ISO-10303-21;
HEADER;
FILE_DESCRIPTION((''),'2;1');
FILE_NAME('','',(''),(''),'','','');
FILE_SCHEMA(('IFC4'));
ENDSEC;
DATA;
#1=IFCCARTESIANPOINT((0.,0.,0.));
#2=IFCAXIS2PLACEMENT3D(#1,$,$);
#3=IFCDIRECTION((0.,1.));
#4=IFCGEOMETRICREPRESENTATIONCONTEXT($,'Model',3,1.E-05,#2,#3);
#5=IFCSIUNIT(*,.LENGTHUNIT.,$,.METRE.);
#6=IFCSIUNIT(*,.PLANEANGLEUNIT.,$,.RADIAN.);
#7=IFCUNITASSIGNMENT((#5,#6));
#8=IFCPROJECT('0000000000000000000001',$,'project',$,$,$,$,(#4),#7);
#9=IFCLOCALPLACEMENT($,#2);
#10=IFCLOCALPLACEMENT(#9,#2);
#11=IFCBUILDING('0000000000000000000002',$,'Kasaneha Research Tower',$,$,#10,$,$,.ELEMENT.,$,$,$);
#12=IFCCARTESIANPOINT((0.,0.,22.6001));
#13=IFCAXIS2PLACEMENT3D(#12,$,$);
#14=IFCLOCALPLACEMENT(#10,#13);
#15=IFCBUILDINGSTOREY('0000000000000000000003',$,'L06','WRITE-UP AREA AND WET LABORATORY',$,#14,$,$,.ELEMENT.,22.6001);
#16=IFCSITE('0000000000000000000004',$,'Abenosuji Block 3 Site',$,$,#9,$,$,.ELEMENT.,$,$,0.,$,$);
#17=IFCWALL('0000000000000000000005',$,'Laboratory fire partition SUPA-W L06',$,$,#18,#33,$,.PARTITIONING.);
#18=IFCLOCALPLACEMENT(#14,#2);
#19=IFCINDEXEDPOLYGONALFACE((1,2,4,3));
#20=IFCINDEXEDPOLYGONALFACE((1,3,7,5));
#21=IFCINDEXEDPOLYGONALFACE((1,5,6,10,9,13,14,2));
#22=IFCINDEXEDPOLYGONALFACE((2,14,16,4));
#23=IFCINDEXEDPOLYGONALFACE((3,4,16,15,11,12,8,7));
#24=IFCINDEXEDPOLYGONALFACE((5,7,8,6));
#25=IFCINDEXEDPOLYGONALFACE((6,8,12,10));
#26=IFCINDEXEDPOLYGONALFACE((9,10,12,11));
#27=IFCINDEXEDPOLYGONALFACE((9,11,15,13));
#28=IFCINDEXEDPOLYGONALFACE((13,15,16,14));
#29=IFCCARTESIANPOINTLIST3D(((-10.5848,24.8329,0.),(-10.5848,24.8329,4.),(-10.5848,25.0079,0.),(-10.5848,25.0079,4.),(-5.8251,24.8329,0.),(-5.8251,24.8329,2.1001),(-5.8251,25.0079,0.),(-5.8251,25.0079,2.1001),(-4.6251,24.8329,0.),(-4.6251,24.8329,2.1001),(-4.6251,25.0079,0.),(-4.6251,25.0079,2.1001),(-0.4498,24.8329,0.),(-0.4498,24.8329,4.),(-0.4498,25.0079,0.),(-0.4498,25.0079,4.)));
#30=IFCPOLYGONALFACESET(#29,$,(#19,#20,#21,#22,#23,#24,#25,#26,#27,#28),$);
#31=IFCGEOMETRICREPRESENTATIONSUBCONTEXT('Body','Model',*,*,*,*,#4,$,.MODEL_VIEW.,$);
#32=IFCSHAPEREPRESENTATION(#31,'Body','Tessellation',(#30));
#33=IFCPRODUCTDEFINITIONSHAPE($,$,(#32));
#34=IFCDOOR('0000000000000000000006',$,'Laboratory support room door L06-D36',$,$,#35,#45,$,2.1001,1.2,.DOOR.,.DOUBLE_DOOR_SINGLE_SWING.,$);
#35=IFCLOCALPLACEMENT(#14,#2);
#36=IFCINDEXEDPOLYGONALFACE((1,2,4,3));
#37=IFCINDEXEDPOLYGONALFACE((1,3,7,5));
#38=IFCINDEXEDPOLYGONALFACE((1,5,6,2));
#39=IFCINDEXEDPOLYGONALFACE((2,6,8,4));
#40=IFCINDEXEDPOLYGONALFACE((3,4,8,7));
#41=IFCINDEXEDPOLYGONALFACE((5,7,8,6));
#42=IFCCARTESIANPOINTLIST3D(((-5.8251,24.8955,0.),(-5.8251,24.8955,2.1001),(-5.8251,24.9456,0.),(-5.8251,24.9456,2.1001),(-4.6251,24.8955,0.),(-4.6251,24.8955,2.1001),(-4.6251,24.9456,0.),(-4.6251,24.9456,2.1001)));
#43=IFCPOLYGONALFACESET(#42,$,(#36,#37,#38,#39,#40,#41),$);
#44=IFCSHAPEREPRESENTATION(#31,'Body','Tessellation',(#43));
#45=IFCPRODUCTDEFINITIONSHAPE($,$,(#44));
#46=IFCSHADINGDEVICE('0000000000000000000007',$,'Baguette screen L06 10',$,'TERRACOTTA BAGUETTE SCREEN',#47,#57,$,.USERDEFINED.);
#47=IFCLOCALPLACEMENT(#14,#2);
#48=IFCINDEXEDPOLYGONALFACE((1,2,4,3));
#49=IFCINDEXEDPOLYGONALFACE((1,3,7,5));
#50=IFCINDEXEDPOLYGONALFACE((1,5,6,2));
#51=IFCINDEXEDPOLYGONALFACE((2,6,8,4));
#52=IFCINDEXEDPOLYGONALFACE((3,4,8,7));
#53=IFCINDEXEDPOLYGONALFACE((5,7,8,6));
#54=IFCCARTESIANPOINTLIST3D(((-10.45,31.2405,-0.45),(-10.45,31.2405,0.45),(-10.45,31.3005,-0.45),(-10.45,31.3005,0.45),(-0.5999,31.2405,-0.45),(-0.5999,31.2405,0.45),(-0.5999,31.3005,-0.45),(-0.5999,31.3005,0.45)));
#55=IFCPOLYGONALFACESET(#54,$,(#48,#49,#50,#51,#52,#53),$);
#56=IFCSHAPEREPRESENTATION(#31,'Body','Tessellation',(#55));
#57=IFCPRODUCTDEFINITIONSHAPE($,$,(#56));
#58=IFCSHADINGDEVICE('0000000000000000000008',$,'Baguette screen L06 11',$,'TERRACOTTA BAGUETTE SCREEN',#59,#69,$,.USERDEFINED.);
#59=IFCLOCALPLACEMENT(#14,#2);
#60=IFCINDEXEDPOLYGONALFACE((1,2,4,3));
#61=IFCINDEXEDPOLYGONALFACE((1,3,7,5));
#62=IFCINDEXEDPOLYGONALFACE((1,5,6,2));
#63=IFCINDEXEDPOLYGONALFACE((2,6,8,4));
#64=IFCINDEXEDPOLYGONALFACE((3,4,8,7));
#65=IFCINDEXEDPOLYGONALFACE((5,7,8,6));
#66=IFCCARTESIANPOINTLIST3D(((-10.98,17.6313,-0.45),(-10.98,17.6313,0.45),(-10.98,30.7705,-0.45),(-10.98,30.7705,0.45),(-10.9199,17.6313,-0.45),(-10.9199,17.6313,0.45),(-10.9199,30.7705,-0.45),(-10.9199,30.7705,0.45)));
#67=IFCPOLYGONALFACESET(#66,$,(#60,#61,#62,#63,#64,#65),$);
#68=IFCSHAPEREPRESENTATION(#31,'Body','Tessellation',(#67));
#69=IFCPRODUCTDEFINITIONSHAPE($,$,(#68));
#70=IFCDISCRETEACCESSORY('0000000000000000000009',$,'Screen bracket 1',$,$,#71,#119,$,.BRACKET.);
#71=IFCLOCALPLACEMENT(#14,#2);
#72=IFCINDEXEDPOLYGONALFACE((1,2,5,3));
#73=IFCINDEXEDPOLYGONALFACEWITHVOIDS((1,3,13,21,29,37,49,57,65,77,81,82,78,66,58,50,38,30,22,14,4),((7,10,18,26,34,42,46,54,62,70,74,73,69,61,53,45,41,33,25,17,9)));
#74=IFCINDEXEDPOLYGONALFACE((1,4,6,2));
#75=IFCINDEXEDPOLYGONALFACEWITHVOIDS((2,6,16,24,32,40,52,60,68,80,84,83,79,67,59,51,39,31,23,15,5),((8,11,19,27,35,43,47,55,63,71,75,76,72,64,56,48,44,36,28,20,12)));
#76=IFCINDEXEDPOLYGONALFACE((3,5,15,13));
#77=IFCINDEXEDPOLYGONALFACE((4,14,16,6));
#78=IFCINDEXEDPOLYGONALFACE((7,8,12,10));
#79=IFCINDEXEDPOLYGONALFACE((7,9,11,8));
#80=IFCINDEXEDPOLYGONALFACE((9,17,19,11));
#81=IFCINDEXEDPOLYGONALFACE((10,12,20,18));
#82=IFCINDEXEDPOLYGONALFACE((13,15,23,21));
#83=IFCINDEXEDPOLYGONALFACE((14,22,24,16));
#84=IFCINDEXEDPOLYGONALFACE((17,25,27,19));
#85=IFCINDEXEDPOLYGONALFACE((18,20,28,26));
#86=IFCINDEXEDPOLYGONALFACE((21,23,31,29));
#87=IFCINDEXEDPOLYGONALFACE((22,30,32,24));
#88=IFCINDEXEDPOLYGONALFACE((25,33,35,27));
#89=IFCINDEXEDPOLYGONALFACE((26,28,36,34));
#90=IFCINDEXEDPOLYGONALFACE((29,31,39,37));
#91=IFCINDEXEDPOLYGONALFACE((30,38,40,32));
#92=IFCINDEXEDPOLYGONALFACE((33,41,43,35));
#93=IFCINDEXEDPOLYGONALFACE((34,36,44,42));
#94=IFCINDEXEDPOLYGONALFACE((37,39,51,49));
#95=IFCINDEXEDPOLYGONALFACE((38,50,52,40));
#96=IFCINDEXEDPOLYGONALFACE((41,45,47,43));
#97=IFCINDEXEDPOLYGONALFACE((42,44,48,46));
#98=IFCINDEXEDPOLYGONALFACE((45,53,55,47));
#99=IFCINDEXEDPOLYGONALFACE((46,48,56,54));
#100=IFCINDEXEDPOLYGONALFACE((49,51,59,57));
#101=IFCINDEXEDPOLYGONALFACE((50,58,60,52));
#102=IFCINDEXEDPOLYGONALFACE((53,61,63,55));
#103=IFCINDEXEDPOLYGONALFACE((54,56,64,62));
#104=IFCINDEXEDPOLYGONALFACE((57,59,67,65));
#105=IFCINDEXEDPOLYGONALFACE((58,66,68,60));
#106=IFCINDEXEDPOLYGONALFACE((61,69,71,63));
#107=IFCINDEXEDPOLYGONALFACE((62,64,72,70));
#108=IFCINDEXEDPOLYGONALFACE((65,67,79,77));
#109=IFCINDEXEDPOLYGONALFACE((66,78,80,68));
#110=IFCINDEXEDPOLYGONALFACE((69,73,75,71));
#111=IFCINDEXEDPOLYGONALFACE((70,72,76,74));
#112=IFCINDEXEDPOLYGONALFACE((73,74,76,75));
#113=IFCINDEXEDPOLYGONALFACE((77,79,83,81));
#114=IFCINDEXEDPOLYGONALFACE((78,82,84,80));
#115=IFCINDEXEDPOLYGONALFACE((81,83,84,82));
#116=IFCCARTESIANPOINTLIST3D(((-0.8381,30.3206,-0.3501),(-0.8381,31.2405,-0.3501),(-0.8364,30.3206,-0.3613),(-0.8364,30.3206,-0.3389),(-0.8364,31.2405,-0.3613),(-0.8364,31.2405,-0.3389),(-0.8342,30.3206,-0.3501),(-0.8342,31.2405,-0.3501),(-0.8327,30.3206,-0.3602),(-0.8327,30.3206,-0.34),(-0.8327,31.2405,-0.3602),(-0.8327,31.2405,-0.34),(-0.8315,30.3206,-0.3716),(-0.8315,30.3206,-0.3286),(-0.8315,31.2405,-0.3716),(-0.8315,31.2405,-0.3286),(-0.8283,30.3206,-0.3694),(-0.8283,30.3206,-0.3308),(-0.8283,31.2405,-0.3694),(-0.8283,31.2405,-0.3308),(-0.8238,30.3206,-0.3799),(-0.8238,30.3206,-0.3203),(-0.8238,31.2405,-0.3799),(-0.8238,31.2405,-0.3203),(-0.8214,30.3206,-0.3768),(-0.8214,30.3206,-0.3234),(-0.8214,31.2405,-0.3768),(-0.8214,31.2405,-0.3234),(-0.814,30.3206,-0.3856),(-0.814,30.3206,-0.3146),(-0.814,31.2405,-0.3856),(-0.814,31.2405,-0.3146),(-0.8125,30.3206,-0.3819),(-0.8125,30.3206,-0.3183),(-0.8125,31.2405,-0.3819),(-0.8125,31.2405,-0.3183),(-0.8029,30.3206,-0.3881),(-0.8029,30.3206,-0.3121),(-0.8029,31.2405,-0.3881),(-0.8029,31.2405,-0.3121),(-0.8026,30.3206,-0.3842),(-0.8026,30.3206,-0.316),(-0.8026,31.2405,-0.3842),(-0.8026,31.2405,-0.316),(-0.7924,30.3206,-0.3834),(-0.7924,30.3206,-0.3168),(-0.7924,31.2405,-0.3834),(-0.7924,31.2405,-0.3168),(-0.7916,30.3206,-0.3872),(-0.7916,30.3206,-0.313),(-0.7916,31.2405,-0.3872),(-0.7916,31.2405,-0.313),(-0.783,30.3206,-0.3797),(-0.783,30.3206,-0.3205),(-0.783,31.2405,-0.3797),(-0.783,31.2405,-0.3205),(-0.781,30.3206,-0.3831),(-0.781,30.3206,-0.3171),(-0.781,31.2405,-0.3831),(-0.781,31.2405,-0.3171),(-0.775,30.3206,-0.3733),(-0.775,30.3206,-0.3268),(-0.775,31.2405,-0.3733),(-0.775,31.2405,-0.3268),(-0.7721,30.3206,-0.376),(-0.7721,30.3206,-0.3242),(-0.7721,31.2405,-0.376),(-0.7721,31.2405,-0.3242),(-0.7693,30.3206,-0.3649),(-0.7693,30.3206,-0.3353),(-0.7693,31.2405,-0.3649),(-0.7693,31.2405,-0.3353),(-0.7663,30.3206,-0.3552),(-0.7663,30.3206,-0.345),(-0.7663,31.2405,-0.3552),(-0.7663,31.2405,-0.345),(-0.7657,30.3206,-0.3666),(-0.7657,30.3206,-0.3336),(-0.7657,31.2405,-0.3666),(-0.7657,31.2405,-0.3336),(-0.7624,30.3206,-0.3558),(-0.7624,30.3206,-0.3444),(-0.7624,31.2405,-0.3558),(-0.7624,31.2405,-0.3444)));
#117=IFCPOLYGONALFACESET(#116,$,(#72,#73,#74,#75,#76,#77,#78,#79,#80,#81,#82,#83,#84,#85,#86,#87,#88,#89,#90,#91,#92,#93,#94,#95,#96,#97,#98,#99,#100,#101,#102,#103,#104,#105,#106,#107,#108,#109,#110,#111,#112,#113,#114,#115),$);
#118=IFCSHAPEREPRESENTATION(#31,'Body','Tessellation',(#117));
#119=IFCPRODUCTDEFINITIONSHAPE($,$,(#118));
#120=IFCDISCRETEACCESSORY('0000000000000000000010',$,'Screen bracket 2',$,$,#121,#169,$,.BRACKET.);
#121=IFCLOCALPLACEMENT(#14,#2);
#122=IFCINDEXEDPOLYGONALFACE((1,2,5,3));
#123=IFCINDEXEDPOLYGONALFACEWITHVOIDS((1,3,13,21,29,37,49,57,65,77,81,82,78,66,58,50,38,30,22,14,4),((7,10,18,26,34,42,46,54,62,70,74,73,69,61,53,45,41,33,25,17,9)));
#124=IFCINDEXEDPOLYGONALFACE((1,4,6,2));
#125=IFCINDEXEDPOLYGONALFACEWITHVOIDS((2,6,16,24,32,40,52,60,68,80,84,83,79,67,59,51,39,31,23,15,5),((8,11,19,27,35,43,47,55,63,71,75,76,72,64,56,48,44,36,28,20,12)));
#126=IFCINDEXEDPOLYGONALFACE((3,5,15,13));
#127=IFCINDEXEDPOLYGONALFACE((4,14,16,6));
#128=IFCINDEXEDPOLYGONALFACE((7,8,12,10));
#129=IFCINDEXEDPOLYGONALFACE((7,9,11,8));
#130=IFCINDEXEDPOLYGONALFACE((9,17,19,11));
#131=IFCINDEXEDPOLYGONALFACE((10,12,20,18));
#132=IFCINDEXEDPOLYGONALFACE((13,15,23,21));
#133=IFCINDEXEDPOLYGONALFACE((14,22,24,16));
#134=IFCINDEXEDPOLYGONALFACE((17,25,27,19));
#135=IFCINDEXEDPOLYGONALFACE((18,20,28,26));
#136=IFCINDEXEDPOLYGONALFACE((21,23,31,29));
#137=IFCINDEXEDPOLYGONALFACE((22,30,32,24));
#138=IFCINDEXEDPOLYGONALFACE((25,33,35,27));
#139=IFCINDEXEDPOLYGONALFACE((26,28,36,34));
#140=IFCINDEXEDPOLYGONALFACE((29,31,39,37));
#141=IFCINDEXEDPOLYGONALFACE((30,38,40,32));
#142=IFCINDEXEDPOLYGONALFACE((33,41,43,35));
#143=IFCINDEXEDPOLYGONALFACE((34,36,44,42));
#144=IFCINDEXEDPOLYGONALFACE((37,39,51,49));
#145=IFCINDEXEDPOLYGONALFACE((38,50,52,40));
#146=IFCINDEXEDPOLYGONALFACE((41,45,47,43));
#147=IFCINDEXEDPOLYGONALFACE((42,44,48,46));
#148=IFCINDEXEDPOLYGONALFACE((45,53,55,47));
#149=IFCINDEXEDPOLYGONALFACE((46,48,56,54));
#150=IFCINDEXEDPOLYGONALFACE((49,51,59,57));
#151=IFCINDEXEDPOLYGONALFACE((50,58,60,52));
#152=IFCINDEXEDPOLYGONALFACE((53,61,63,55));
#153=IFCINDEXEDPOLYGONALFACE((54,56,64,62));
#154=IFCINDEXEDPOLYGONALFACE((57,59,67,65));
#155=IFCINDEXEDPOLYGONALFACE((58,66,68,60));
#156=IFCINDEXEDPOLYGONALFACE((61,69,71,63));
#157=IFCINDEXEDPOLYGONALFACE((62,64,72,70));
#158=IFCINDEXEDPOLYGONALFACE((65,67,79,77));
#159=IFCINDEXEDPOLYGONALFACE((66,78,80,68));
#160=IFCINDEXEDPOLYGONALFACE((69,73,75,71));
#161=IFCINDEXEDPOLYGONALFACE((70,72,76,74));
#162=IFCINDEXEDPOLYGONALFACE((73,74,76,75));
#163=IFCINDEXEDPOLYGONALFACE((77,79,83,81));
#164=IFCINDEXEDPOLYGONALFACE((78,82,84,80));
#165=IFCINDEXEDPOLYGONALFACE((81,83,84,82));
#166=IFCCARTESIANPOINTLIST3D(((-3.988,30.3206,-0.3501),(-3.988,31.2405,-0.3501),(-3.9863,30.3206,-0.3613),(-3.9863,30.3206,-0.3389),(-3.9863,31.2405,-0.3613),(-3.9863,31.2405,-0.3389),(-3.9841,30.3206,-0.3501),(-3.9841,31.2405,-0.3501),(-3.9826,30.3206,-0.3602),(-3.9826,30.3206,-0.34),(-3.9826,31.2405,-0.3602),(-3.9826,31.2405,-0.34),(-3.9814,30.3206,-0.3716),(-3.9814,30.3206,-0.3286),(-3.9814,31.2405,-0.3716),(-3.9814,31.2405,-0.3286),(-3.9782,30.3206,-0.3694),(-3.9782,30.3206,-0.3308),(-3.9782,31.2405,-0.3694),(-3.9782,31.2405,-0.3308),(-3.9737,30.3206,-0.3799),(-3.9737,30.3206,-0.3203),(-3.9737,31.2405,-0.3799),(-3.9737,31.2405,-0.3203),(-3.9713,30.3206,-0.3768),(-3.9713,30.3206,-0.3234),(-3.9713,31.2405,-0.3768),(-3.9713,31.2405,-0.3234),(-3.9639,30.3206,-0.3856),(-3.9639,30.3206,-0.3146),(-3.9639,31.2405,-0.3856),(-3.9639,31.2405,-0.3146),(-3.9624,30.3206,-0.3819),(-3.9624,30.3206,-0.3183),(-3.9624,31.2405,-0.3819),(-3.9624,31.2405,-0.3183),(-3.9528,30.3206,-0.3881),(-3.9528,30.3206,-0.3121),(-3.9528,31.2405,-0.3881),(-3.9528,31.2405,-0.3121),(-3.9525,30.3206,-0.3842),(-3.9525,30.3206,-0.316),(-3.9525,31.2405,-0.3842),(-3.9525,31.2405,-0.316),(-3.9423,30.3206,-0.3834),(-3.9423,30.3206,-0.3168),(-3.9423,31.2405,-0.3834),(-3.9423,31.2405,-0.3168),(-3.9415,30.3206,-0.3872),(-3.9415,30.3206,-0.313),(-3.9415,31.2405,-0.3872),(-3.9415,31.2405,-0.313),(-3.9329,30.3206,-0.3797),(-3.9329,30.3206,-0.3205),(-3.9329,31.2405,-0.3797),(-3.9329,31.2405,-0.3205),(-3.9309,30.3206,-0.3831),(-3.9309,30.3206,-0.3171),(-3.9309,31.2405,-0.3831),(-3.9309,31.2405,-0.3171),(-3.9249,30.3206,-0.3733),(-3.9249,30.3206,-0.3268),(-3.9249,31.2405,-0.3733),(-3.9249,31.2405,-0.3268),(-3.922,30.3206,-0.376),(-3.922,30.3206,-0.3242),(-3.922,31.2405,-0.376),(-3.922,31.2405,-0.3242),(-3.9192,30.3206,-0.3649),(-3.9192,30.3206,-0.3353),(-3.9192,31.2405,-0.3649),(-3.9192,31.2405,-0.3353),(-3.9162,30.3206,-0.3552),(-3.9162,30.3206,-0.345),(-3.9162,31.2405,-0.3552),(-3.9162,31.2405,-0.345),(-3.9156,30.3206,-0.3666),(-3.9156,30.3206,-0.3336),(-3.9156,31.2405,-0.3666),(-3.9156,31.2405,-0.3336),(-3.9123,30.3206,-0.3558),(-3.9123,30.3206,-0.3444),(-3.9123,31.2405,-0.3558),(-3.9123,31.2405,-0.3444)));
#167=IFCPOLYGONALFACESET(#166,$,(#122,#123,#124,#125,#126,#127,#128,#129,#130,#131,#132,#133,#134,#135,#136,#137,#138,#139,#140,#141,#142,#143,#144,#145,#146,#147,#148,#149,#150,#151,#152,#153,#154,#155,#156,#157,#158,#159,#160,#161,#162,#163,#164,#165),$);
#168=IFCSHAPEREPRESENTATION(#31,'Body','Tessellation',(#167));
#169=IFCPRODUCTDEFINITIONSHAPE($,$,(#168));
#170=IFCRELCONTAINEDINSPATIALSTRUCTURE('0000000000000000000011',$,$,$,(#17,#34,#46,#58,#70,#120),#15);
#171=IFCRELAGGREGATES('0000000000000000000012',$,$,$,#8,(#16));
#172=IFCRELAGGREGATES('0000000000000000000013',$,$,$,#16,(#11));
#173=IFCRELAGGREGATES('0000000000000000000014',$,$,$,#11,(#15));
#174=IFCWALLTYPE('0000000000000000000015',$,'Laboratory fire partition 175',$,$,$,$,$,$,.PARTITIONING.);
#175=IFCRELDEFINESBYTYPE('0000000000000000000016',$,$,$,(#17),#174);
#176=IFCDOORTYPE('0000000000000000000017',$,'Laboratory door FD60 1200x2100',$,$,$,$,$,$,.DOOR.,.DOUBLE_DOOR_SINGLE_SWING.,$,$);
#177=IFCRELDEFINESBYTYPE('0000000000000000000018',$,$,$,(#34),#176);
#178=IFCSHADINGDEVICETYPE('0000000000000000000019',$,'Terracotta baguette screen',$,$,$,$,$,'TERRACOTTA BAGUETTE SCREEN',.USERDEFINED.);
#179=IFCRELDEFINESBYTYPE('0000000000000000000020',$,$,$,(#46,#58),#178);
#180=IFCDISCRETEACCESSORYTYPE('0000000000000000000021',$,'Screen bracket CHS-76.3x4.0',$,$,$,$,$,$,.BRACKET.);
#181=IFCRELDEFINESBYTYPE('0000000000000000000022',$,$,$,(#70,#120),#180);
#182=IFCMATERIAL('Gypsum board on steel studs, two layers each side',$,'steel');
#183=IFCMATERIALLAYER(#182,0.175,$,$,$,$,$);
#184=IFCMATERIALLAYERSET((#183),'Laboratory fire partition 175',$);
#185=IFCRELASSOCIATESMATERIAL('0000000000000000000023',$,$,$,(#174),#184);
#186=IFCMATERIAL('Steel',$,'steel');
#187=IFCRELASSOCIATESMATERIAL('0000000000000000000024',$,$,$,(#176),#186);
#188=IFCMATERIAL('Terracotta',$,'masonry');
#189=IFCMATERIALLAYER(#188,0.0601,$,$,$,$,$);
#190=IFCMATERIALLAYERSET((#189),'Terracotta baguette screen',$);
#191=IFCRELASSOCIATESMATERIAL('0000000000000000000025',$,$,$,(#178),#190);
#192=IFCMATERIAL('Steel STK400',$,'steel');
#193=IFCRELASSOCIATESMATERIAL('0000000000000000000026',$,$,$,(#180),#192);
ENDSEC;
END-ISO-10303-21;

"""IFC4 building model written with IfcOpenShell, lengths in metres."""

from ifc_helpers import new_model, si_unit, direction, frame, frame_2d, origin, origin_2d, place, context, subcontext, project, spatial, rectangle, hollow_circle, extrude, material, layer, layer_set, material_profile, profile_set, type_object, element, fill, save


model = new_model("IFC4")

# Units and contexts
model_context = context("Model", 3, precision=1e-05, world=origin(), true_north=direction((0.0, 1.0)))
body_context = subcontext(model_context, "Body", "Model", "MODEL_VIEW")
ifc_project = project(units=[si_unit("LENGTHUNIT", "METRE"), si_unit("PLANEANGLEUNIT", "RADIAN")], contexts=[model_context])

# Site, building, storey
site_placement = place(None, origin())
site = spatial("IfcSite", under=ifc_project, at=site_placement, Name="Abenosuji Block 3 Site", CompositionType="ELEMENT", RefElevation=0.0)
building_placement = place(site_placement, origin())
building = spatial("IfcBuilding", under=site, at=building_placement, Name="Kasaneha Research Tower", CompositionType="ELEMENT")
storey_placement = place(building_placement, frame((0.0, 0.0, 22.6001)))
storey = spatial("IfcBuildingStorey", under=building, at=storey_placement, Name="L06", Description="WRITE-UP AREA AND WET LABORATORY", CompositionType="ELEMENT", Elevation=22.6001)

# Wall, opening, door
ifc_material_1 = material(Name="Gypsum board on steel studs, two layers each side", Category="steel")
ifc_layer_1 = layer(ifc_material_1, 0.175)
ifc_layer_set_1 = layer_set([ifc_layer_1], Name="Laboratory fire partition 175")
wall_type = type_object("IfcWallType", Name="Laboratory fire partition 175", PredefinedType="PARTITIONING", material=ifc_layer_set_1)
wall_placement = place(storey_placement, frame((-0.45, 24.9204, 0.0), z_axis=(0.0, 0.0, 1.0), x_axis=(-1.0, 0.0, 0.0)))
wall = element("IfcWall", 1, at=wall_placement, inside=storey, type_object=wall_type, Name="Laboratory fire partition SUPA-W L06", PredefinedType="PARTITIONING", context=body_context, shape_type="SweptSolid", body=[
    extrude(rectangle(XDim=10.135, YDim=0.175, at=frame_2d((5.0674, 0.0))), origin(), (0.0, 0.0, 1.0), 4.0),
])
opening_placement = place(wall_placement, frame((4.175, 0.0, 0.0)))
opening = element("IfcOpeningElement", 2, at=opening_placement, cuts=wall, PredefinedType="OPENING", context=body_context, shape_type="SweptSolid", body=[
    extrude(rectangle(XDim=1.2, YDim=2.1001, at=frame_2d((0.6001, 1.05))), frame((0.0, 0.0977, 0.0), z_axis=(0.0, -1.0, 0.0), x_axis=(1.0, 0.0, 0.0)), (0.0, 0.0, 1.0), 0.1951),
])
ifc_material_2 = material(Name="Steel", Category="steel")
door_type = type_object("IfcDoorType", Name="Laboratory door FD60 1200x2100", OperationType="DOUBLE_DOOR_SINGLE_SWING", PredefinedType="DOOR", material=ifc_material_2)
door_placement = place(opening_placement, origin())
door = element("IfcDoor", 3, at=door_placement, inside=storey, type_object=door_type, Name="Laboratory support room door L06-D36", OperationType="DOUBLE_DOOR_SINGLE_SWING", OverallHeight=2.1001, OverallWidth=1.2, PredefinedType="DOOR", context=body_context, shape_type="SweptSolid", body=[
    extrude(rectangle(XDim=1.2, YDim=2.1001, at=frame_2d((0.6001, 1.05))), frame((0.0, 0.0249, 0.0), z_axis=(0.0, -1.0, 0.0), x_axis=(1.0, 0.0, 0.0)), (0.0, 0.0, 1.0), 0.05),
])
fill(opening, door)

# Shading devices
ifc_material_3 = material(Name="Terracotta", Category="masonry")
ifc_layer_2 = layer(ifc_material_3, 0.0601)
ifc_layer_set_2 = layer_set([ifc_layer_2], Name="Terracotta baguette screen")
shading_device_type = type_object("IfcShadingDeviceType", Name="Terracotta baguette screen", ElementType="TERRACOTTA BAGUETTE SCREEN", PredefinedType="USERDEFINED", material=ifc_layer_set_2)
shading_device_1_placement = place(storey_placement, frame((-5.5249, 31.2705, -0.45), z_axis=(0.0, 0.0, 1.0), x_axis=(-1.0, 0.0, 0.0)))
element("IfcShadingDevice", 4, at=shading_device_1_placement, inside=storey, type_object=shading_device_type, Name="Baguette screen L06 10", ObjectType="TERRACOTTA BAGUETTE SCREEN", PredefinedType="USERDEFINED", context=body_context, shape_type="SweptSolid", body=[
    extrude(rectangle(XDim=9.8501, YDim=0.0601, at=origin_2d()), origin(), (0.0, 0.0, 1.0), 0.8999),
])
shading_device_2_placement = place(storey_placement, frame((-10.95, 24.2009, -0.45), z_axis=(0.0, 0.0, 1.0), x_axis=(0.0, -1.0, 0.0)))
element("IfcShadingDevice", 5, at=shading_device_2_placement, inside=storey, type_object=shading_device_type, Name="Baguette screen L06 11", ObjectType="TERRACOTTA BAGUETTE SCREEN", PredefinedType="USERDEFINED", context=body_context, shape_type="SweptSolid", body=[
    extrude(rectangle(XDim=13.1392, YDim=0.0601, at=origin_2d()), origin(), (0.0, 0.0, 1.0), 0.8999),
])

# Discrete accessories
ifc_material_4 = material(Name="Steel STK400", Category="steel")
ifc_material_profile_1 = material_profile(ifc_material_4, hollow_circle(Radius=0.0381, WallThickness=0.0039, at=origin_2d()), Name="CHS-76.3x4.0")
ifc_profile_set_1 = profile_set([ifc_material_profile_1], Name="Steel STK400")
discrete_accessory_type = type_object("IfcDiscreteAccessoryType", Name="Screen bracket CHS-76.3x4.0", PredefinedType="BRACKET", material=ifc_profile_set_1)
for number, where, z_axis, x_axis, name in (
    (6, (-0.8, 30.3206, -0.3501), (0.0, 1.0, 0.0), (-1.0, 0.0, 0.0), "Screen bracket 1"),
    (7, (-3.95, 30.3206, -0.3501), (0.0, 1.0, 0.0), (-1.0, 0.0, 0.0), "Screen bracket 2"),
):
    element("IfcDiscreteAccessory", number, at=place(storey_placement, frame(where, z_axis=z_axis, x_axis=x_axis)), inside=storey, type_object=discrete_accessory_type, Name=name, PredefinedType="BRACKET", context=body_context, shape_type="SweptSolid", body=[
        extrude(hollow_circle(Radius=0.0381, WallThickness=0.0039, at=origin_2d()), origin(), (0.0, 0.0, 1.0), 0.9199),
    ])

save(model, "model.ifc")
